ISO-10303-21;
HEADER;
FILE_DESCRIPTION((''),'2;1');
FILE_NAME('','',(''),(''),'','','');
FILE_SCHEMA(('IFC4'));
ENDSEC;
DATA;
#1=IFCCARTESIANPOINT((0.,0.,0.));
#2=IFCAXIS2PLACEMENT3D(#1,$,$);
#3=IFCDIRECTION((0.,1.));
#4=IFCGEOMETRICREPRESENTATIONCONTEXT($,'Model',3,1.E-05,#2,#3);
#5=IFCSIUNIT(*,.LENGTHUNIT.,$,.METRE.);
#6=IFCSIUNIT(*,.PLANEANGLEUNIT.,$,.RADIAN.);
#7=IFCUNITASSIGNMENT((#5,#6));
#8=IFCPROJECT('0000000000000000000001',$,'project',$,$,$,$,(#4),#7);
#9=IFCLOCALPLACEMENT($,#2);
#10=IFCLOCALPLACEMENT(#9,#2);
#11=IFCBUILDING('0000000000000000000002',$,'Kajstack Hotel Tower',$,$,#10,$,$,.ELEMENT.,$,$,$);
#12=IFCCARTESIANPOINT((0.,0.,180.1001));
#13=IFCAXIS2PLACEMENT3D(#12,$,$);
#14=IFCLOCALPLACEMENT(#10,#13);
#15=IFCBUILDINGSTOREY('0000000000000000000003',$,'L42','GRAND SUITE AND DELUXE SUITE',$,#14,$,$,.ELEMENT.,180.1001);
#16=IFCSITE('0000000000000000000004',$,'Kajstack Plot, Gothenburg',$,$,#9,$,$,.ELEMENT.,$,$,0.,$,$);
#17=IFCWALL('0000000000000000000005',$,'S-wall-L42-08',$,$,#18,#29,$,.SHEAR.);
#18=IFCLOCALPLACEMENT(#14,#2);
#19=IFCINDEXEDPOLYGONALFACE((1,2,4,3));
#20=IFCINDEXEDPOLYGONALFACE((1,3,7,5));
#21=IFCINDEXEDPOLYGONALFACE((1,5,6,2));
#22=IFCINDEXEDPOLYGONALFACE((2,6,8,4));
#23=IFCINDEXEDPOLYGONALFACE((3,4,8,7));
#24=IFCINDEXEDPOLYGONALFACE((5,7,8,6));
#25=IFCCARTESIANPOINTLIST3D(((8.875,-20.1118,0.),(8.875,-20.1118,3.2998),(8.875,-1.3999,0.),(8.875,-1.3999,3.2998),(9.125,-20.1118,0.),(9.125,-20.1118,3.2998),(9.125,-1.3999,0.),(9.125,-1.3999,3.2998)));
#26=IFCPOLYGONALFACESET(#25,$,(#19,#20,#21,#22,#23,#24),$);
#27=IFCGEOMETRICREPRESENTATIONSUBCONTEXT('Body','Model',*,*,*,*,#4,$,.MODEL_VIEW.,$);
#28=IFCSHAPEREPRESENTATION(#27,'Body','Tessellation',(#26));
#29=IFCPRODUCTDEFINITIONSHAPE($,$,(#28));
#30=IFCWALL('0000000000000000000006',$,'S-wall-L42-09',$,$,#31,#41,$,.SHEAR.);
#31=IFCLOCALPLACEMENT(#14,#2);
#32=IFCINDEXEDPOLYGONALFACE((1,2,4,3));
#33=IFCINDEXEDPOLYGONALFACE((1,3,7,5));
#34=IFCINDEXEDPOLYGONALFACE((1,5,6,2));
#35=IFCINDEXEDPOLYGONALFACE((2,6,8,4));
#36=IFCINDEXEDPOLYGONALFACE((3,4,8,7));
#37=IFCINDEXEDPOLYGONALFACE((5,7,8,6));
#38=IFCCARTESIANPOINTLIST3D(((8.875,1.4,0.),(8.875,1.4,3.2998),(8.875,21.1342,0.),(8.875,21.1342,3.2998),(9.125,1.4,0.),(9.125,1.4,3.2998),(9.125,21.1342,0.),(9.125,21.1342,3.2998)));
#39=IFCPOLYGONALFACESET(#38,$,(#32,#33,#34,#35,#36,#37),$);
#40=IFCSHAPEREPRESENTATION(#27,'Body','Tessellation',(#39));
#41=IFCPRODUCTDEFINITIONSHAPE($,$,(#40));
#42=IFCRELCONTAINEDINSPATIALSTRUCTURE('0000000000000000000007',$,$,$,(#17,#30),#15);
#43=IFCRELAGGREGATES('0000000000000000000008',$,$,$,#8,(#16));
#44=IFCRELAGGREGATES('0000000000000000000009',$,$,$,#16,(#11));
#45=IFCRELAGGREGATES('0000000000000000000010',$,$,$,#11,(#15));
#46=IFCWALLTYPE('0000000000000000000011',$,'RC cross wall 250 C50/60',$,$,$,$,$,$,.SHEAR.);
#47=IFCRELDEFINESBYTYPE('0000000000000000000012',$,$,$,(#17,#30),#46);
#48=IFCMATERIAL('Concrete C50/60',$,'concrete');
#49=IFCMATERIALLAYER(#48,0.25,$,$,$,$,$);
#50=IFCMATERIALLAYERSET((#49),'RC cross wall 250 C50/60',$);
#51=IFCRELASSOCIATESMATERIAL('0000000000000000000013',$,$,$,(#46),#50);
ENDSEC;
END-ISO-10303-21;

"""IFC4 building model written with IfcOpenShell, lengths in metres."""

from ifc_helpers import new_model, si_unit, direction, frame, frame_2d, origin, place, context, subcontext, project, spatial, rectangle, extrude, material, layer, layer_set, type_object, element, save


model = new_model("IFC4")

# Units and contexts
model_context = context("Model", 3, precision=1e-05, world=origin(), true_north=direction((0.0, 1.0)))
body_context = subcontext(model_context, "Body", "Model", "MODEL_VIEW")
ifc_project = project(units=[si_unit("LENGTHUNIT", "METRE"), si_unit("PLANEANGLEUNIT", "RADIAN")], contexts=[model_context])

# Site, building, storey
site_placement = place(None, origin())
site = spatial("IfcSite", under=ifc_project, at=site_placement, Name="Kajstack Plot, Gothenburg", CompositionType="ELEMENT", RefElevation=0.0)
building_placement = place(site_placement, origin())
building = spatial("IfcBuilding", under=site, at=building_placement, Name="Kajstack Hotel Tower", CompositionType="ELEMENT")
storey_placement = place(building_placement, frame((0.0, 0.0, 180.1001)))
storey = spatial("IfcBuildingStorey", under=building, at=storey_placement, Name="L42", Description="GRAND SUITE AND DELUXE SUITE", CompositionType="ELEMENT", Elevation=180.1001)

# Walls
ifc_material_1 = material(Name="Concrete C50/60", Category="concrete")
ifc_layer_1 = layer(ifc_material_1, 0.25)
ifc_layer_set_1 = layer_set([ifc_layer_1], Name="RC cross wall 250 C50/60")
wall_type_1 = type_object("IfcWallType", Name="RC cross wall 250 C50/60", PredefinedType="SHEAR", material=ifc_layer_set_1)
wall_1_placement = place(storey_placement, frame((9.0, -20.1118, 0.0), z_axis=(0.0, 0.0, 1.0), x_axis=(0.0, 1.0, 0.0)))
element("IfcWall", 1, at=wall_1_placement, inside=storey, type_object=wall_type_1, Name="S-wall-L42-08", PredefinedType="SHEAR", context=body_context, shape_type="SweptSolid", body=[
    extrude(rectangle(XDim=18.7119, YDim=0.25, at=frame_2d((9.356, 0.0))), origin(), (0.0, 0.0, 1.0), 3.2998),
])
wall_2_placement = place(storey_placement, frame((9.0, 1.3999, 0.0), z_axis=(0.0, 0.0, 1.0), x_axis=(0.0, 1.0, 0.0)))
element("IfcWall", 2, at=wall_2_placement, inside=storey, type_object=wall_type_1, Name="S-wall-L42-09", PredefinedType="SHEAR", context=body_context, shape_type="SweptSolid", body=[
    extrude(rectangle(XDim=19.7341, YDim=0.25, at=frame_2d((9.8672, 0.0))), origin(), (0.0, 0.0, 1.0), 3.2998),
])

save(model, "model.ifc")
